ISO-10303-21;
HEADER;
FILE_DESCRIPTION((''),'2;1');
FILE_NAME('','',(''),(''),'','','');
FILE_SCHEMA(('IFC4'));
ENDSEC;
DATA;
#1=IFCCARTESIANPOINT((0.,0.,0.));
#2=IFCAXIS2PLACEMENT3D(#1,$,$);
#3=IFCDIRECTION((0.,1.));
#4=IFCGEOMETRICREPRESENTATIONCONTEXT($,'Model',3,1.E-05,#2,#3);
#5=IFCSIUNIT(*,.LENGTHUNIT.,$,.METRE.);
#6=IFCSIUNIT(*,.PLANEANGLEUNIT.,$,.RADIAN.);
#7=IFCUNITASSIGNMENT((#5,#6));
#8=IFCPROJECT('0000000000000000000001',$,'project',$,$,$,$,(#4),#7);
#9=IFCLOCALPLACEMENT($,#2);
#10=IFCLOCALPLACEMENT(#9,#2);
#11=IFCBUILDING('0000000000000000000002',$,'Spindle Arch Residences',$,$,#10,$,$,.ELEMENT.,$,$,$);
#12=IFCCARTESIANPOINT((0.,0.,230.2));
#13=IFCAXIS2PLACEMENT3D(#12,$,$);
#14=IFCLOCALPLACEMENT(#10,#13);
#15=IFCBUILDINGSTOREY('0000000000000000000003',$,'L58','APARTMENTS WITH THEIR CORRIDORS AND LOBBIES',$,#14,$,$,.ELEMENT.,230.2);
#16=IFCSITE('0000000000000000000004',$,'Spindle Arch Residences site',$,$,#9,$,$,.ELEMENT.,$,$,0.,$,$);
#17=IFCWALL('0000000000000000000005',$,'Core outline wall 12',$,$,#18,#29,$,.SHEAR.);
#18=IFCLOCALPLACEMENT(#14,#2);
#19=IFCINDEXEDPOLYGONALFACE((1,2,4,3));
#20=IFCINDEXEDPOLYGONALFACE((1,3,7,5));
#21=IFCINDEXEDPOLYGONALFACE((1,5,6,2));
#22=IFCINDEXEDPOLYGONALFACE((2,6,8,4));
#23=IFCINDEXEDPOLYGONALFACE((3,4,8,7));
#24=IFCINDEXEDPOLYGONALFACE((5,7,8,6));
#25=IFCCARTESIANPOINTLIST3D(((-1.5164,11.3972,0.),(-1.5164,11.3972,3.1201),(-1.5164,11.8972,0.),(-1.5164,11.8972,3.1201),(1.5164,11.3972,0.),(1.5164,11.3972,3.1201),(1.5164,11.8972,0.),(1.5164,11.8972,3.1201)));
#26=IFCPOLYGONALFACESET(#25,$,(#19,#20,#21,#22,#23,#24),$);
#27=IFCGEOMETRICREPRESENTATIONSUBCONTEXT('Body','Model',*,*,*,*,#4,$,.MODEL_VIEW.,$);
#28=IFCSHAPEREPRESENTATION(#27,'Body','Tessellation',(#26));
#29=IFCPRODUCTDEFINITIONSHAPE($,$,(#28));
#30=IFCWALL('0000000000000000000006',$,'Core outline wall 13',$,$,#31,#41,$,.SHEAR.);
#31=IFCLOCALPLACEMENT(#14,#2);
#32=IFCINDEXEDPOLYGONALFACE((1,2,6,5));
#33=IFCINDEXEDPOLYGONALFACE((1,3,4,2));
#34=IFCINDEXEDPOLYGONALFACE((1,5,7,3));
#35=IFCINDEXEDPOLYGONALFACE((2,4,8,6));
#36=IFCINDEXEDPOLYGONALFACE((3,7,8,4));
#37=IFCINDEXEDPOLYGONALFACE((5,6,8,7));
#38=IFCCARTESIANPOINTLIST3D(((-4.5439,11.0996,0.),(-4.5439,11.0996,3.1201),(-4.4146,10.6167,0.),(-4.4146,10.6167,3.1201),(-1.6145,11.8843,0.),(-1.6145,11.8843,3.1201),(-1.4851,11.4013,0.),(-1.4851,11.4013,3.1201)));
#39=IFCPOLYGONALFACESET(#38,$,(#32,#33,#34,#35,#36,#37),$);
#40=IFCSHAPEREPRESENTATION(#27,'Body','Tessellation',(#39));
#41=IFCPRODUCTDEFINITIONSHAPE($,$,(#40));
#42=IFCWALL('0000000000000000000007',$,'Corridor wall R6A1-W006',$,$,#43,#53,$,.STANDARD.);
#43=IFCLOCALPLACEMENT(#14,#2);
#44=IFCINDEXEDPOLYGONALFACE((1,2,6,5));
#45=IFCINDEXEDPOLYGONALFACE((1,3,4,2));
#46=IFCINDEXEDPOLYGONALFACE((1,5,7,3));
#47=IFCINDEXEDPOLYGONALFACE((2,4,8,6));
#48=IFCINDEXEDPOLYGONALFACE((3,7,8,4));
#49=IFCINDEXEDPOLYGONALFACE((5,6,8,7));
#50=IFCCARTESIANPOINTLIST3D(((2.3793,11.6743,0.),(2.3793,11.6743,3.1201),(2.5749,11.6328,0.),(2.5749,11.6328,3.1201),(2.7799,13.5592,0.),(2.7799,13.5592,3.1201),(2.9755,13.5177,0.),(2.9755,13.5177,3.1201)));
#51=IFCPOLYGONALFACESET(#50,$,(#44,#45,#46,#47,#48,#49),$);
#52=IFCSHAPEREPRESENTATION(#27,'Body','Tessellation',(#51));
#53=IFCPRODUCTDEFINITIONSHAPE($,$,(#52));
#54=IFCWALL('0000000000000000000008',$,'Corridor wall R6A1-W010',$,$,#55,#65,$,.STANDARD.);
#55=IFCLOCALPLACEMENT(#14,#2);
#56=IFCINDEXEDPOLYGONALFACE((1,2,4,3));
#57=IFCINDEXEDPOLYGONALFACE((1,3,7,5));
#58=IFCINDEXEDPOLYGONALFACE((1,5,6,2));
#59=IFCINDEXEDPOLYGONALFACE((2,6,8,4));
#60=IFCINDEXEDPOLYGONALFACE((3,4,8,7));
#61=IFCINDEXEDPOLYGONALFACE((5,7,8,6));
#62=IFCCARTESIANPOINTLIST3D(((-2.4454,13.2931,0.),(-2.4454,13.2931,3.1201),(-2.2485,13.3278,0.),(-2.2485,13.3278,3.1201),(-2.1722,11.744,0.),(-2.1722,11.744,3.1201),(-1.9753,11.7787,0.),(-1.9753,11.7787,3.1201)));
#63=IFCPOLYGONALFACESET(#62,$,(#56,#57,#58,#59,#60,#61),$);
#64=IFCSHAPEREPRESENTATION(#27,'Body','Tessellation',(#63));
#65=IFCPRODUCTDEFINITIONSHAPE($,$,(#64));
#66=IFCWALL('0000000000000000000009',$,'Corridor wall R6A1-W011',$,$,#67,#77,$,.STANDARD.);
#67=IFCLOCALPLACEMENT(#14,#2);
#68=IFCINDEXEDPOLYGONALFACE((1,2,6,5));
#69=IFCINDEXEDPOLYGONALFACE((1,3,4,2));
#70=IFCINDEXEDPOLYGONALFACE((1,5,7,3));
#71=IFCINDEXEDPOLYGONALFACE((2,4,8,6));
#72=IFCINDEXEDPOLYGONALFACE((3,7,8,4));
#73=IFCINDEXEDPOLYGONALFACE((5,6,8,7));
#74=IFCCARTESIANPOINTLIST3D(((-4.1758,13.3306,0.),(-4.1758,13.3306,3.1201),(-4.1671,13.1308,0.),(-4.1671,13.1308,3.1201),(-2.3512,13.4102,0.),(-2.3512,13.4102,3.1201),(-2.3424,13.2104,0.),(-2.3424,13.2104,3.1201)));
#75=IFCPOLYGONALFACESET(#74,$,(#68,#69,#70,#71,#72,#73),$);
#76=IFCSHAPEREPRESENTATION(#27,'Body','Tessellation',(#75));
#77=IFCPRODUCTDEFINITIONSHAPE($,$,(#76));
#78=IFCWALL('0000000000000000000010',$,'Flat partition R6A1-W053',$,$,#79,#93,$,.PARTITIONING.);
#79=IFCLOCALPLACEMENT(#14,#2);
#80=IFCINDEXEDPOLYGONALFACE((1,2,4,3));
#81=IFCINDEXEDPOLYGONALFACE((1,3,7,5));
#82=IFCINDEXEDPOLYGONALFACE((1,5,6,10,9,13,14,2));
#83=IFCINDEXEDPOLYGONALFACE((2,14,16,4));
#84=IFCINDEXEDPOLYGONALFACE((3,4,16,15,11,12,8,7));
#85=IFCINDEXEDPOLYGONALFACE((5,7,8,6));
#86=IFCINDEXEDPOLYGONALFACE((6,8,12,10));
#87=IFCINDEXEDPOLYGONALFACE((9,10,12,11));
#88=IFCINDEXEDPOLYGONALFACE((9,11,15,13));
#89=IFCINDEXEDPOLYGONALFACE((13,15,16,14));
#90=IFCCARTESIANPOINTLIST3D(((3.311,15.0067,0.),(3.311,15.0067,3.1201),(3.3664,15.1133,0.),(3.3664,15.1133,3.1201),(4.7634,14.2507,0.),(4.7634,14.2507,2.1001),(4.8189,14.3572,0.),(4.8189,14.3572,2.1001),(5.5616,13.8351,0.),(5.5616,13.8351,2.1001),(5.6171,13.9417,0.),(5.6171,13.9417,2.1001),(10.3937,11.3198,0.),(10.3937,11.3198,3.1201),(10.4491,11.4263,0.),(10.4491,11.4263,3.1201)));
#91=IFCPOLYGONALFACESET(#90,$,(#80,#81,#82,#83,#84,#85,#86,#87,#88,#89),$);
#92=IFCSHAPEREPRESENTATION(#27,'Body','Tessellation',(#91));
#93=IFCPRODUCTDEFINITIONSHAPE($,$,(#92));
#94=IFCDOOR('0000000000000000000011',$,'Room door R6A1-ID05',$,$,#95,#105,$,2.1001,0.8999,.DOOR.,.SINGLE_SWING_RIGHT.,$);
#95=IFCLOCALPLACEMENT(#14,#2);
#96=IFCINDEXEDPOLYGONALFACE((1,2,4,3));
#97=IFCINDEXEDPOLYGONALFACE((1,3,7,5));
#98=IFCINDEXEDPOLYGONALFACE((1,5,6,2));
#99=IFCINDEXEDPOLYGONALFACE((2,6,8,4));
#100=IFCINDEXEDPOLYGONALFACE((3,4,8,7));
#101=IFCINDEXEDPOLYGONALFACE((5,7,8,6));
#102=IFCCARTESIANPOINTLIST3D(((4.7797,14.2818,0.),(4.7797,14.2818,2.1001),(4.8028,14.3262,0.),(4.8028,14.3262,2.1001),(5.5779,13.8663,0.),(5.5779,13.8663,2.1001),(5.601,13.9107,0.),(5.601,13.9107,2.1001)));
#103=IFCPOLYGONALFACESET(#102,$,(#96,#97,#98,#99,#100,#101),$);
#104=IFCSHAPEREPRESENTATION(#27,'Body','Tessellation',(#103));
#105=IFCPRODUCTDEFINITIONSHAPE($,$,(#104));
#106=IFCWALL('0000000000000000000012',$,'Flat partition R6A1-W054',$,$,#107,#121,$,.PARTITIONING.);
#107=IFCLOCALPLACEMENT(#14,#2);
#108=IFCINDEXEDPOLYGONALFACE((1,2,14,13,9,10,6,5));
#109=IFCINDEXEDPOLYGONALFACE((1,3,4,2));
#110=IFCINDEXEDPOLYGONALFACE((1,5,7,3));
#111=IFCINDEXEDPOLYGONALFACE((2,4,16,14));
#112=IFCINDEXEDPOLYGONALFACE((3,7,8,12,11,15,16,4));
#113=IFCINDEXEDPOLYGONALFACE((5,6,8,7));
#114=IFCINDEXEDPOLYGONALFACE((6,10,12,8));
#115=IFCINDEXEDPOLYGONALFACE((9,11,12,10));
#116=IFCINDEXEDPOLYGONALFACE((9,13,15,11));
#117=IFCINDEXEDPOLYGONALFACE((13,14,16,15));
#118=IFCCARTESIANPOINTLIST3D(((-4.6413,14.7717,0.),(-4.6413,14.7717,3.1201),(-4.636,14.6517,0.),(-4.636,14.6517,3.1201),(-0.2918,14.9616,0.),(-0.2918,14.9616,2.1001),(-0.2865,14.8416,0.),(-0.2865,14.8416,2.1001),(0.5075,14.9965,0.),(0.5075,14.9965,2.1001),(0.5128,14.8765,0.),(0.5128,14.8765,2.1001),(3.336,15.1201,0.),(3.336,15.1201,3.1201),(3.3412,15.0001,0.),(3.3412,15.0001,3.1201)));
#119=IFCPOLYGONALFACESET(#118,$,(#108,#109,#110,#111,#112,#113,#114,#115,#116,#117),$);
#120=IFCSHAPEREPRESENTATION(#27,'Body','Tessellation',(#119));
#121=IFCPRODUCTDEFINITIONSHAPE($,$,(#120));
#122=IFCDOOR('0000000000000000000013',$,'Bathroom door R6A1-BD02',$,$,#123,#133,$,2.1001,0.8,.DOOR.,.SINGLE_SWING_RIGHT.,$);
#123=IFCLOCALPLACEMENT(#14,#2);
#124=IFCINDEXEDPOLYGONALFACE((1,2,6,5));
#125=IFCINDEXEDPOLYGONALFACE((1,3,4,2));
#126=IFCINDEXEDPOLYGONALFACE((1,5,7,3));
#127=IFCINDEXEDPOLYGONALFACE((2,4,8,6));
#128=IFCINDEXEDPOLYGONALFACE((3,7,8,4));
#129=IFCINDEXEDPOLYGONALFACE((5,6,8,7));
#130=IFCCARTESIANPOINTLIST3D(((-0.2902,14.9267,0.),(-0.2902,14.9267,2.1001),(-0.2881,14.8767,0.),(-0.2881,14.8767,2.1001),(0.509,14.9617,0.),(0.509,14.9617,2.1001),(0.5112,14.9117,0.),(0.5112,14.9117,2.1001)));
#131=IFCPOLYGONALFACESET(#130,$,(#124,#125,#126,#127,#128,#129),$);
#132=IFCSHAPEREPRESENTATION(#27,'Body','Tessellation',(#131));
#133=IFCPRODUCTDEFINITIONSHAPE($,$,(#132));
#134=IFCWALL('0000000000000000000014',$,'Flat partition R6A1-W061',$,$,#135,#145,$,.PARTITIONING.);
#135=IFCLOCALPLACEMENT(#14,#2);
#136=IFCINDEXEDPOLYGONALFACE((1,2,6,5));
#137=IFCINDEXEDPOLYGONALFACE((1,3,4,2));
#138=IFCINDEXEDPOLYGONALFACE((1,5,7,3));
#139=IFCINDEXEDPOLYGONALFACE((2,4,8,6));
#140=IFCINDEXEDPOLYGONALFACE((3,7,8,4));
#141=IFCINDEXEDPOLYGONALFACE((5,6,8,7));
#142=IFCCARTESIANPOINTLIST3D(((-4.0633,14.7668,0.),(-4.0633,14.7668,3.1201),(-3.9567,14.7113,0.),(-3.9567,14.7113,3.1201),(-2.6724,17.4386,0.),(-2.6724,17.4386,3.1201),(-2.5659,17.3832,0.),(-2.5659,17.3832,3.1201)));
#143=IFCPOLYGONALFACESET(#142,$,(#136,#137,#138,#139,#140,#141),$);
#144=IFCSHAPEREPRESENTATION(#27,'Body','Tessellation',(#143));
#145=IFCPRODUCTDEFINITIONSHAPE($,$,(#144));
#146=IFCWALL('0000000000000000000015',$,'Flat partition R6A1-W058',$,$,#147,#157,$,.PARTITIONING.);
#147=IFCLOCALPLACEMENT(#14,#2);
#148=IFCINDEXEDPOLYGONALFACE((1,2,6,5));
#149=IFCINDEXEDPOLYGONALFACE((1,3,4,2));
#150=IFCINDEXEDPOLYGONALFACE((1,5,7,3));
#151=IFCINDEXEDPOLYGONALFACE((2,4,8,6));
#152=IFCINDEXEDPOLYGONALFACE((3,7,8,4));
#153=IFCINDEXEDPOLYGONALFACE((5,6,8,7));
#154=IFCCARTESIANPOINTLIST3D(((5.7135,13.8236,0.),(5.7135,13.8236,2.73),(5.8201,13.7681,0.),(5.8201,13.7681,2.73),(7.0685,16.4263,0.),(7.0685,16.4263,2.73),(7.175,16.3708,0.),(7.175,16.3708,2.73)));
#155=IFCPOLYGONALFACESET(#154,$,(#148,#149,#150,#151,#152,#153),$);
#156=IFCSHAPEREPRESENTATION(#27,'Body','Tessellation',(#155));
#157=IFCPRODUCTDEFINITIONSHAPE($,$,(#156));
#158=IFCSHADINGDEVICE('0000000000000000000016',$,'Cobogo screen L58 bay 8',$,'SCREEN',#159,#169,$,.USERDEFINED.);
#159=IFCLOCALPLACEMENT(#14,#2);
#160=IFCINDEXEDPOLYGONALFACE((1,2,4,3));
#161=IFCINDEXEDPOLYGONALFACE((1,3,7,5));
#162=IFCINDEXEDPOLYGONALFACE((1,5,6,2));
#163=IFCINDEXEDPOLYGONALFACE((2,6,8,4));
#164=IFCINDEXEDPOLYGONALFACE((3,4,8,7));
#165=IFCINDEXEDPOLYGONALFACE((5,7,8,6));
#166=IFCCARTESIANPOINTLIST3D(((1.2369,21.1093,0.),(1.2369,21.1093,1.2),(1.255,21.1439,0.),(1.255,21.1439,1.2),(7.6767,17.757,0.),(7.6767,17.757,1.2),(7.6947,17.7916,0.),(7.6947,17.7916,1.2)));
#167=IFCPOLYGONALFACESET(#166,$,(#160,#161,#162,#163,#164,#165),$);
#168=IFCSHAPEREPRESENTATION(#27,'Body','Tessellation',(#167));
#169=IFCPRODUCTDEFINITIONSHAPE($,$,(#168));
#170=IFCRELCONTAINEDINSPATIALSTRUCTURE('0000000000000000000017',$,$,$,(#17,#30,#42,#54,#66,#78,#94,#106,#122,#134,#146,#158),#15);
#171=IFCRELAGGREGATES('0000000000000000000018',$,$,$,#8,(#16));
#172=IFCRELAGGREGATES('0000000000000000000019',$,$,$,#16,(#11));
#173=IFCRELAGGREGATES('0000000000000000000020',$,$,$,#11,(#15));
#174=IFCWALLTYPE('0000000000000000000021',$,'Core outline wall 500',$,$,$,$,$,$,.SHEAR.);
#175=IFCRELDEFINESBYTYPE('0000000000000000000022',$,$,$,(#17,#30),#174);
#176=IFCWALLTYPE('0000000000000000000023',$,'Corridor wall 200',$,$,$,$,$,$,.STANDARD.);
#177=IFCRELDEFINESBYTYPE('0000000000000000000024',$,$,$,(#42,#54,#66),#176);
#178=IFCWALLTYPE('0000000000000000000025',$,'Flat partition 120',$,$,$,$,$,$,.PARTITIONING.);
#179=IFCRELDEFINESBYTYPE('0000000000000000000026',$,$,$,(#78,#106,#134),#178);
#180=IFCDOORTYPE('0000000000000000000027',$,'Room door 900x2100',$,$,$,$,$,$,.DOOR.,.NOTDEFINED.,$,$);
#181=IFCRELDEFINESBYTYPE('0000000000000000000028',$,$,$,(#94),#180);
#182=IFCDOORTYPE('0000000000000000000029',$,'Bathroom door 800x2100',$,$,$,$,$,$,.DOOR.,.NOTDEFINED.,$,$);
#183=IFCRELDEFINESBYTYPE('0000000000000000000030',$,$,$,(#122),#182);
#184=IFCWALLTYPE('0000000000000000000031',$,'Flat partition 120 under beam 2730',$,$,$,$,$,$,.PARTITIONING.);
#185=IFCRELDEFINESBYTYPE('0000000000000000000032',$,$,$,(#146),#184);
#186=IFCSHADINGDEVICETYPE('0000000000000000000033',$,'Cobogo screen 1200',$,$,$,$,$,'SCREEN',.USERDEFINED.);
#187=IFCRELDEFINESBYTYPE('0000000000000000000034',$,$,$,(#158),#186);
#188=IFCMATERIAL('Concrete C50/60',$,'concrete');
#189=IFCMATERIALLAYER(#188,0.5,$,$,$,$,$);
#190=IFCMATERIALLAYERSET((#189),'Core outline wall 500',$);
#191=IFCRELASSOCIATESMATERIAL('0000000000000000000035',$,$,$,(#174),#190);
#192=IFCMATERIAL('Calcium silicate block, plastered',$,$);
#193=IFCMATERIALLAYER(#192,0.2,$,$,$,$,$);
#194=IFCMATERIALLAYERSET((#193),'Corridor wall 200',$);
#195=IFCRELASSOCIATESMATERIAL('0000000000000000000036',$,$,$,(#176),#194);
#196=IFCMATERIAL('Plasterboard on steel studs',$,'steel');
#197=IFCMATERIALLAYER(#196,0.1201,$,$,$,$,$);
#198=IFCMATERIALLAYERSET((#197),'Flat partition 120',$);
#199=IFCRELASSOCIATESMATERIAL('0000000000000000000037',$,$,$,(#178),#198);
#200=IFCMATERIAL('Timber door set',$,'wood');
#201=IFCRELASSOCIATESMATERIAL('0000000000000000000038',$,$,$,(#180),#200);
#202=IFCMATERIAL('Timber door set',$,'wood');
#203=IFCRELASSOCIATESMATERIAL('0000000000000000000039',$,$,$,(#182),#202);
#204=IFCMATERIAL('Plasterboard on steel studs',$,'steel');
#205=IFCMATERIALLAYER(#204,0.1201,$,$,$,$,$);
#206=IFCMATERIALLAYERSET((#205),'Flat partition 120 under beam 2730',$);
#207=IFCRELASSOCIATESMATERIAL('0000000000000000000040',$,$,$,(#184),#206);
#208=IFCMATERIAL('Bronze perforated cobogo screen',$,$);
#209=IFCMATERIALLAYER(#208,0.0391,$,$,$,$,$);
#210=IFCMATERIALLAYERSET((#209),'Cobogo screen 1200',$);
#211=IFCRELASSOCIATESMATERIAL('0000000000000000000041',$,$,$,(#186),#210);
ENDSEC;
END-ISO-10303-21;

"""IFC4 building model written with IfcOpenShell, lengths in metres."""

from ifc_helpers import new_model, si_unit, direction, frame, frame_2d, origin, origin_2d, place, context, subcontext, project, spatial, rectangle, extrude, material, layer, layer_set, type_object, element, fill, save


model = new_model("IFC4")

# Units and contexts
model_context = context("Model", 3, precision=1e-05, world=origin(), true_north=direction((0.0, 1.0)))
body_context = subcontext(model_context, "Body", "Model", "MODEL_VIEW")
ifc_project = project(units=[si_unit("LENGTHUNIT", "METRE"), si_unit("PLANEANGLEUNIT", "RADIAN")], contexts=[model_context])

# Site, building, storey
site_placement = place(None, origin())
site = spatial("IfcSite", under=ifc_project, at=site_placement, Name="Spindle Arch Residences site", CompositionType="ELEMENT", RefElevation=0.0)
building_placement = place(site_placement, origin())
building = spatial("IfcBuilding", under=site, at=building_placement, Name="Spindle Arch Residences", CompositionType="ELEMENT")
storey_placement = place(building_placement, frame((0.0, 0.0, 230.2)))
storey = spatial("IfcBuildingStorey", under=building, at=storey_placement, Name="L58", Description="APARTMENTS WITH THEIR CORRIDORS AND LOBBIES", CompositionType="ELEMENT", Elevation=230.2)

# Walls
ifc_material_1 = material(Name="Concrete C50/60", Category="concrete")
ifc_layer_1 = layer(ifc_material_1, 0.5)
ifc_layer_set_1 = layer_set([ifc_layer_1], Name="Core outline wall 500")
wall_type_1 = type_object("IfcWallType", Name="Core outline wall 500", PredefinedType="SHEAR", material=ifc_layer_set_1)
for number, where, z_axis, x_axis, name in (
    (1, (1.5164, 11.6472, 0.0), (0.0, 0.0, 1.0), (-1.0, 0.0, 0.0), "Core outline wall 12"),
    (2, (-1.5498, 11.6428, 0.0), (0.0, 0.0, 1.0), (-0.965948, -0.258735, 0.0), "Core outline wall 13"),
):
    element("IfcWall", number, at=place(storey_placement, frame(where, z_axis=z_axis, x_axis=x_axis)), inside=storey, type_object=wall_type_1, Name=name, PredefinedType="SHEAR", context=body_context, shape_type="SweptSolid", body=[
        extrude(rectangle(XDim=3.0327, YDim=0.5, at=frame_2d((1.5164, 0.0))), origin(), (0.0, 0.0, 1.0), 3.1201),
    ])
ifc_material_2 = material(Name="Calcium silicate block, plastered")
ifc_layer_2 = layer(ifc_material_2, 0.2)
ifc_layer_set_2 = layer_set([ifc_layer_2], Name="Corridor wall 200")
wall_type_2 = type_object("IfcWallType", Name="Corridor wall 200", PredefinedType="STANDARD", material=ifc_layer_set_2)
wall_1_placement = place(storey_placement, frame((2.8777, 13.5383, 0.0), z_axis=(0.0, 0.0, 1.0), x_axis=(-0.207894, -0.978151, 0.0)))
element("IfcWall", 3, at=wall_1_placement, inside=storey, type_object=wall_type_2, Name="Corridor wall R6A1-W006", PredefinedType="STANDARD", context=body_context, shape_type="SweptSolid", body=[
    extrude(rectangle(XDim=1.927, YDim=0.2, at=frame_2d((0.9634, 0.0))), origin(), (0.0, 0.0, 1.0), 3.1201),
])
wall_2_placement = place(storey_placement, frame((-2.0737, 11.7612, 0.0), z_axis=(0.0, 0.0, 1.0), x_axis=(-0.173679, 0.984802, 0.0)))
element("IfcWall", 4, at=wall_2_placement, inside=storey, type_object=wall_type_2, Name="Corridor wall R6A1-W010", PredefinedType="STANDARD", context=body_context, shape_type="SweptSolid", body=[
    extrude(rectangle(XDim=1.573, YDim=0.2, at=frame_2d((0.7866, 0.0))), origin(), (0.0, 0.0, 1.0), 3.1201),
])
wall_3_placement = place(storey_placement, frame((-2.3469, 13.3103, 0.0), z_axis=(0.0, 0.0, 1.0), x_axis=(-0.99905, -0.043576, 0.0)))
element("IfcWall", 5, at=wall_3_placement, inside=storey, type_object=wall_type_2, Name="Corridor wall R6A1-W011", PredefinedType="STANDARD", context=body_context, shape_type="SweptSolid", body=[
    extrude(rectangle(XDim=1.8264, YDim=0.2, at=frame_2d((0.9131, 0.0))), origin(), (0.0, 0.0, 1.0), 3.1201),
])

# Walls, openings, doors
ifc_material_3 = material(Name="Plasterboard on steel studs", Category="steel")
ifc_layer_3 = layer(ifc_material_3, 0.1201)
ifc_layer_set_3 = layer_set([ifc_layer_3], Name="Flat partition 120")
wall_type_3 = type_object("IfcWallType", Name="Flat partition 120", PredefinedType="PARTITIONING", material=ifc_layer_set_3)
wall_4_placement = place(storey_placement, frame((10.4214, 11.373, 0.0), z_axis=(0.0, 0.0, 1.0), x_axis=(-0.887013, 0.461745, 0.0)))
wall_4 = element("IfcWall", 6, at=wall_4_placement, inside=storey, type_object=wall_type_3, Name="Flat partition R6A1-W053", PredefinedType="PARTITIONING", context=body_context, shape_type="SweptSolid", body=[
    extrude(rectangle(XDim=7.9849, YDim=0.1201, at=frame_2d((3.9924, 0.0))), origin(), (0.0, 0.0, 1.0), 3.1201),
])
opening_1_placement = place(wall_4_placement, frame((5.4475, 0.0, 0.0)))
opening_1 = element("IfcOpeningElement", 7, at=opening_1_placement, cuts=wall_4, PredefinedType="OPENING", context=body_context, shape_type="SweptSolid", body=[
    extrude(rectangle(XDim=0.8999, YDim=2.1001, at=frame_2d((0.45, 1.05))), frame((0.0, 0.0701, 0.0), z_axis=(0.0, -1.0, 0.0), x_axis=(1.0, 0.0, 0.0)), (0.0, 0.0, 1.0), 0.1401),
])
ifc_material_4 = material(Name="Timber door set", Category="wood")
door_type_1 = type_object("IfcDoorType", Name="Room door 900x2100", OperationType="NOTDEFINED", PredefinedType="DOOR", material=ifc_material_4)
door_1_placement = place(opening_1_placement, origin())
door_1 = element("IfcDoor", 8, at=door_1_placement, inside=storey, type_object=door_type_1, Name="Room door R6A1-ID05", OperationType="SINGLE_SWING_RIGHT", OverallHeight=2.1001, OverallWidth=0.8999, PredefinedType="DOOR", context=body_context, shape_type="SweptSolid", body=[
    extrude(rectangle(XDim=0.8999, YDim=2.1001, at=frame_2d((0.45, 1.05))), frame((0.0, 0.0249, 0.0), z_axis=(0.0, -1.0, 0.0), x_axis=(1.0, 0.0, 0.0)), (0.0, 0.0, 1.0), 0.05),
])
fill(opening_1, door_1)
wall_5_placement = place(storey_placement, frame((3.3386, 15.0601, 0.0), z_axis=(0.0, 0.0, 1.0), x_axis=(-0.999048, -0.043631, 0.0)))
wall_5 = element("IfcWall", 9, at=wall_5_placement, inside=storey, type_object=wall_type_3, Name="Flat partition R6A1-W054", PredefinedType="PARTITIONING", context=body_context, shape_type="SweptSolid", body=[
    extrude(rectangle(XDim=7.9849, YDim=0.1201, at=frame_2d((3.9924, 0.0))), origin(), (0.0, 0.0, 1.0), 3.1201),
])
opening_2_placement = place(wall_5_placement, frame((2.8313, 0.0, 0.0)))
opening_2 = element("IfcOpeningElement", 10, at=opening_2_placement, cuts=wall_5, PredefinedType="OPENING", context=body_context, shape_type="SweptSolid", body=[
    extrude(rectangle(XDim=0.8, YDim=2.1001, at=frame_2d((0.3999, 1.05))), frame((0.0, 0.0701, 0.0), z_axis=(0.0, -1.0, 0.0), x_axis=(1.0, 0.0, 0.0)), (0.0, 0.0, 1.0), 0.1401),
])
ifc_material_5 = material(Name="Timber door set", Category="wood")
door_type_2 = type_object("IfcDoorType", Name="Bathroom door 800x2100", OperationType="NOTDEFINED", PredefinedType="DOOR", material=ifc_material_5)
door_2_placement = place(opening_2_placement, origin())
door_2 = element("IfcDoor", 11, at=door_2_placement, inside=storey, type_object=door_type_2, Name="Bathroom door R6A1-BD02", OperationType="SINGLE_SWING_RIGHT", OverallHeight=2.1001, OverallWidth=0.8, PredefinedType="DOOR", context=body_context, shape_type="SweptSolid", body=[
    extrude(rectangle(XDim=0.8, YDim=2.1001, at=frame_2d((0.3999, 1.05))), frame((0.0, 0.0249, 0.0), z_axis=(0.0, -1.0, 0.0), x_axis=(1.0, 0.0, 0.0)), (0.0, 0.0, 1.0), 0.05),
])
fill(opening_2, door_2)

# Walls
wall_6_placement = place(storey_placement, frame((-2.6191, 17.4109, 0.0), z_axis=(0.0, 0.0, 1.0), x_axis=(-0.461743, -0.887014, 0.0)))
element("IfcWall", 12, at=wall_6_placement, inside=storey, type_object=wall_type_3, Name="Flat partition R6A1-W061", PredefinedType="PARTITIONING", context=body_context, shape_type="SweptSolid", body=[
    extrude(rectangle(XDim=3.0122, YDim=0.1201, at=frame_2d((1.5061, 0.0))), origin(), (0.0, 0.0, 1.0), 3.1201),
])
ifc_material_6 = material(Name="Plasterboard on steel studs", Category="steel")
ifc_layer_4 = layer(ifc_material_6, 0.1201)
ifc_layer_set_4 = layer_set([ifc_layer_4], Name="Flat partition 120 under beam 2730")
wall_type_4 = type_object("IfcWallType", Name="Flat partition 120 under beam 2730", PredefinedType="PARTITIONING", material=ifc_layer_set_4)
wall_7_placement = place(storey_placement, frame((7.1218, 16.3987, 0.0), z_axis=(0.0, 0.0, 1.0), x_axis=(-0.461764, -0.887003, 0.0)))
element("IfcWall", 13, at=wall_7_placement, inside=storey, type_object=wall_type_4, Name="Flat partition R6A1-W058", PredefinedType="PARTITIONING", context=body_context, shape_type="SweptSolid", body=[
    extrude(rectangle(XDim=2.9343, YDim=0.1201, at=frame_2d((1.4673, 0.0))), origin(), (0.0, 0.0, 1.0), 2.73),
])

# Shading device
ifc_material_7 = material(Name="Bronze perforated cobogo screen")
ifc_layer_5 = layer(ifc_material_7, 0.0391)
ifc_layer_set_5 = layer_set([ifc_layer_5], Name="Cobogo screen 1200")
shading_device_type = type_object("IfcShadingDeviceType", Name="Cobogo screen 1200", ElementType="SCREEN", PredefinedType="USERDEFINED", material=ifc_layer_set_5)
shading_device_placement = place(storey_placement, frame((4.4658, 19.4504, 0.0), z_axis=(0.0, 0.0, 1.0), x_axis=(-0.887011, 0.461749, 0.0)))
element("IfcShadingDevice", 14, at=shading_device_placement, inside=storey, type_object=shading_device_type, Name="Cobogo screen L58 bay 8", ObjectType="SCREEN", PredefinedType="USERDEFINED", context=body_context, shape_type="SweptSolid", body=[
    extrude(rectangle(XDim=7.26, YDim=0.0391, at=origin_2d()), origin(), (0.0, 0.0, 1.0), 1.2),
])

save(model, "model.ifc")
